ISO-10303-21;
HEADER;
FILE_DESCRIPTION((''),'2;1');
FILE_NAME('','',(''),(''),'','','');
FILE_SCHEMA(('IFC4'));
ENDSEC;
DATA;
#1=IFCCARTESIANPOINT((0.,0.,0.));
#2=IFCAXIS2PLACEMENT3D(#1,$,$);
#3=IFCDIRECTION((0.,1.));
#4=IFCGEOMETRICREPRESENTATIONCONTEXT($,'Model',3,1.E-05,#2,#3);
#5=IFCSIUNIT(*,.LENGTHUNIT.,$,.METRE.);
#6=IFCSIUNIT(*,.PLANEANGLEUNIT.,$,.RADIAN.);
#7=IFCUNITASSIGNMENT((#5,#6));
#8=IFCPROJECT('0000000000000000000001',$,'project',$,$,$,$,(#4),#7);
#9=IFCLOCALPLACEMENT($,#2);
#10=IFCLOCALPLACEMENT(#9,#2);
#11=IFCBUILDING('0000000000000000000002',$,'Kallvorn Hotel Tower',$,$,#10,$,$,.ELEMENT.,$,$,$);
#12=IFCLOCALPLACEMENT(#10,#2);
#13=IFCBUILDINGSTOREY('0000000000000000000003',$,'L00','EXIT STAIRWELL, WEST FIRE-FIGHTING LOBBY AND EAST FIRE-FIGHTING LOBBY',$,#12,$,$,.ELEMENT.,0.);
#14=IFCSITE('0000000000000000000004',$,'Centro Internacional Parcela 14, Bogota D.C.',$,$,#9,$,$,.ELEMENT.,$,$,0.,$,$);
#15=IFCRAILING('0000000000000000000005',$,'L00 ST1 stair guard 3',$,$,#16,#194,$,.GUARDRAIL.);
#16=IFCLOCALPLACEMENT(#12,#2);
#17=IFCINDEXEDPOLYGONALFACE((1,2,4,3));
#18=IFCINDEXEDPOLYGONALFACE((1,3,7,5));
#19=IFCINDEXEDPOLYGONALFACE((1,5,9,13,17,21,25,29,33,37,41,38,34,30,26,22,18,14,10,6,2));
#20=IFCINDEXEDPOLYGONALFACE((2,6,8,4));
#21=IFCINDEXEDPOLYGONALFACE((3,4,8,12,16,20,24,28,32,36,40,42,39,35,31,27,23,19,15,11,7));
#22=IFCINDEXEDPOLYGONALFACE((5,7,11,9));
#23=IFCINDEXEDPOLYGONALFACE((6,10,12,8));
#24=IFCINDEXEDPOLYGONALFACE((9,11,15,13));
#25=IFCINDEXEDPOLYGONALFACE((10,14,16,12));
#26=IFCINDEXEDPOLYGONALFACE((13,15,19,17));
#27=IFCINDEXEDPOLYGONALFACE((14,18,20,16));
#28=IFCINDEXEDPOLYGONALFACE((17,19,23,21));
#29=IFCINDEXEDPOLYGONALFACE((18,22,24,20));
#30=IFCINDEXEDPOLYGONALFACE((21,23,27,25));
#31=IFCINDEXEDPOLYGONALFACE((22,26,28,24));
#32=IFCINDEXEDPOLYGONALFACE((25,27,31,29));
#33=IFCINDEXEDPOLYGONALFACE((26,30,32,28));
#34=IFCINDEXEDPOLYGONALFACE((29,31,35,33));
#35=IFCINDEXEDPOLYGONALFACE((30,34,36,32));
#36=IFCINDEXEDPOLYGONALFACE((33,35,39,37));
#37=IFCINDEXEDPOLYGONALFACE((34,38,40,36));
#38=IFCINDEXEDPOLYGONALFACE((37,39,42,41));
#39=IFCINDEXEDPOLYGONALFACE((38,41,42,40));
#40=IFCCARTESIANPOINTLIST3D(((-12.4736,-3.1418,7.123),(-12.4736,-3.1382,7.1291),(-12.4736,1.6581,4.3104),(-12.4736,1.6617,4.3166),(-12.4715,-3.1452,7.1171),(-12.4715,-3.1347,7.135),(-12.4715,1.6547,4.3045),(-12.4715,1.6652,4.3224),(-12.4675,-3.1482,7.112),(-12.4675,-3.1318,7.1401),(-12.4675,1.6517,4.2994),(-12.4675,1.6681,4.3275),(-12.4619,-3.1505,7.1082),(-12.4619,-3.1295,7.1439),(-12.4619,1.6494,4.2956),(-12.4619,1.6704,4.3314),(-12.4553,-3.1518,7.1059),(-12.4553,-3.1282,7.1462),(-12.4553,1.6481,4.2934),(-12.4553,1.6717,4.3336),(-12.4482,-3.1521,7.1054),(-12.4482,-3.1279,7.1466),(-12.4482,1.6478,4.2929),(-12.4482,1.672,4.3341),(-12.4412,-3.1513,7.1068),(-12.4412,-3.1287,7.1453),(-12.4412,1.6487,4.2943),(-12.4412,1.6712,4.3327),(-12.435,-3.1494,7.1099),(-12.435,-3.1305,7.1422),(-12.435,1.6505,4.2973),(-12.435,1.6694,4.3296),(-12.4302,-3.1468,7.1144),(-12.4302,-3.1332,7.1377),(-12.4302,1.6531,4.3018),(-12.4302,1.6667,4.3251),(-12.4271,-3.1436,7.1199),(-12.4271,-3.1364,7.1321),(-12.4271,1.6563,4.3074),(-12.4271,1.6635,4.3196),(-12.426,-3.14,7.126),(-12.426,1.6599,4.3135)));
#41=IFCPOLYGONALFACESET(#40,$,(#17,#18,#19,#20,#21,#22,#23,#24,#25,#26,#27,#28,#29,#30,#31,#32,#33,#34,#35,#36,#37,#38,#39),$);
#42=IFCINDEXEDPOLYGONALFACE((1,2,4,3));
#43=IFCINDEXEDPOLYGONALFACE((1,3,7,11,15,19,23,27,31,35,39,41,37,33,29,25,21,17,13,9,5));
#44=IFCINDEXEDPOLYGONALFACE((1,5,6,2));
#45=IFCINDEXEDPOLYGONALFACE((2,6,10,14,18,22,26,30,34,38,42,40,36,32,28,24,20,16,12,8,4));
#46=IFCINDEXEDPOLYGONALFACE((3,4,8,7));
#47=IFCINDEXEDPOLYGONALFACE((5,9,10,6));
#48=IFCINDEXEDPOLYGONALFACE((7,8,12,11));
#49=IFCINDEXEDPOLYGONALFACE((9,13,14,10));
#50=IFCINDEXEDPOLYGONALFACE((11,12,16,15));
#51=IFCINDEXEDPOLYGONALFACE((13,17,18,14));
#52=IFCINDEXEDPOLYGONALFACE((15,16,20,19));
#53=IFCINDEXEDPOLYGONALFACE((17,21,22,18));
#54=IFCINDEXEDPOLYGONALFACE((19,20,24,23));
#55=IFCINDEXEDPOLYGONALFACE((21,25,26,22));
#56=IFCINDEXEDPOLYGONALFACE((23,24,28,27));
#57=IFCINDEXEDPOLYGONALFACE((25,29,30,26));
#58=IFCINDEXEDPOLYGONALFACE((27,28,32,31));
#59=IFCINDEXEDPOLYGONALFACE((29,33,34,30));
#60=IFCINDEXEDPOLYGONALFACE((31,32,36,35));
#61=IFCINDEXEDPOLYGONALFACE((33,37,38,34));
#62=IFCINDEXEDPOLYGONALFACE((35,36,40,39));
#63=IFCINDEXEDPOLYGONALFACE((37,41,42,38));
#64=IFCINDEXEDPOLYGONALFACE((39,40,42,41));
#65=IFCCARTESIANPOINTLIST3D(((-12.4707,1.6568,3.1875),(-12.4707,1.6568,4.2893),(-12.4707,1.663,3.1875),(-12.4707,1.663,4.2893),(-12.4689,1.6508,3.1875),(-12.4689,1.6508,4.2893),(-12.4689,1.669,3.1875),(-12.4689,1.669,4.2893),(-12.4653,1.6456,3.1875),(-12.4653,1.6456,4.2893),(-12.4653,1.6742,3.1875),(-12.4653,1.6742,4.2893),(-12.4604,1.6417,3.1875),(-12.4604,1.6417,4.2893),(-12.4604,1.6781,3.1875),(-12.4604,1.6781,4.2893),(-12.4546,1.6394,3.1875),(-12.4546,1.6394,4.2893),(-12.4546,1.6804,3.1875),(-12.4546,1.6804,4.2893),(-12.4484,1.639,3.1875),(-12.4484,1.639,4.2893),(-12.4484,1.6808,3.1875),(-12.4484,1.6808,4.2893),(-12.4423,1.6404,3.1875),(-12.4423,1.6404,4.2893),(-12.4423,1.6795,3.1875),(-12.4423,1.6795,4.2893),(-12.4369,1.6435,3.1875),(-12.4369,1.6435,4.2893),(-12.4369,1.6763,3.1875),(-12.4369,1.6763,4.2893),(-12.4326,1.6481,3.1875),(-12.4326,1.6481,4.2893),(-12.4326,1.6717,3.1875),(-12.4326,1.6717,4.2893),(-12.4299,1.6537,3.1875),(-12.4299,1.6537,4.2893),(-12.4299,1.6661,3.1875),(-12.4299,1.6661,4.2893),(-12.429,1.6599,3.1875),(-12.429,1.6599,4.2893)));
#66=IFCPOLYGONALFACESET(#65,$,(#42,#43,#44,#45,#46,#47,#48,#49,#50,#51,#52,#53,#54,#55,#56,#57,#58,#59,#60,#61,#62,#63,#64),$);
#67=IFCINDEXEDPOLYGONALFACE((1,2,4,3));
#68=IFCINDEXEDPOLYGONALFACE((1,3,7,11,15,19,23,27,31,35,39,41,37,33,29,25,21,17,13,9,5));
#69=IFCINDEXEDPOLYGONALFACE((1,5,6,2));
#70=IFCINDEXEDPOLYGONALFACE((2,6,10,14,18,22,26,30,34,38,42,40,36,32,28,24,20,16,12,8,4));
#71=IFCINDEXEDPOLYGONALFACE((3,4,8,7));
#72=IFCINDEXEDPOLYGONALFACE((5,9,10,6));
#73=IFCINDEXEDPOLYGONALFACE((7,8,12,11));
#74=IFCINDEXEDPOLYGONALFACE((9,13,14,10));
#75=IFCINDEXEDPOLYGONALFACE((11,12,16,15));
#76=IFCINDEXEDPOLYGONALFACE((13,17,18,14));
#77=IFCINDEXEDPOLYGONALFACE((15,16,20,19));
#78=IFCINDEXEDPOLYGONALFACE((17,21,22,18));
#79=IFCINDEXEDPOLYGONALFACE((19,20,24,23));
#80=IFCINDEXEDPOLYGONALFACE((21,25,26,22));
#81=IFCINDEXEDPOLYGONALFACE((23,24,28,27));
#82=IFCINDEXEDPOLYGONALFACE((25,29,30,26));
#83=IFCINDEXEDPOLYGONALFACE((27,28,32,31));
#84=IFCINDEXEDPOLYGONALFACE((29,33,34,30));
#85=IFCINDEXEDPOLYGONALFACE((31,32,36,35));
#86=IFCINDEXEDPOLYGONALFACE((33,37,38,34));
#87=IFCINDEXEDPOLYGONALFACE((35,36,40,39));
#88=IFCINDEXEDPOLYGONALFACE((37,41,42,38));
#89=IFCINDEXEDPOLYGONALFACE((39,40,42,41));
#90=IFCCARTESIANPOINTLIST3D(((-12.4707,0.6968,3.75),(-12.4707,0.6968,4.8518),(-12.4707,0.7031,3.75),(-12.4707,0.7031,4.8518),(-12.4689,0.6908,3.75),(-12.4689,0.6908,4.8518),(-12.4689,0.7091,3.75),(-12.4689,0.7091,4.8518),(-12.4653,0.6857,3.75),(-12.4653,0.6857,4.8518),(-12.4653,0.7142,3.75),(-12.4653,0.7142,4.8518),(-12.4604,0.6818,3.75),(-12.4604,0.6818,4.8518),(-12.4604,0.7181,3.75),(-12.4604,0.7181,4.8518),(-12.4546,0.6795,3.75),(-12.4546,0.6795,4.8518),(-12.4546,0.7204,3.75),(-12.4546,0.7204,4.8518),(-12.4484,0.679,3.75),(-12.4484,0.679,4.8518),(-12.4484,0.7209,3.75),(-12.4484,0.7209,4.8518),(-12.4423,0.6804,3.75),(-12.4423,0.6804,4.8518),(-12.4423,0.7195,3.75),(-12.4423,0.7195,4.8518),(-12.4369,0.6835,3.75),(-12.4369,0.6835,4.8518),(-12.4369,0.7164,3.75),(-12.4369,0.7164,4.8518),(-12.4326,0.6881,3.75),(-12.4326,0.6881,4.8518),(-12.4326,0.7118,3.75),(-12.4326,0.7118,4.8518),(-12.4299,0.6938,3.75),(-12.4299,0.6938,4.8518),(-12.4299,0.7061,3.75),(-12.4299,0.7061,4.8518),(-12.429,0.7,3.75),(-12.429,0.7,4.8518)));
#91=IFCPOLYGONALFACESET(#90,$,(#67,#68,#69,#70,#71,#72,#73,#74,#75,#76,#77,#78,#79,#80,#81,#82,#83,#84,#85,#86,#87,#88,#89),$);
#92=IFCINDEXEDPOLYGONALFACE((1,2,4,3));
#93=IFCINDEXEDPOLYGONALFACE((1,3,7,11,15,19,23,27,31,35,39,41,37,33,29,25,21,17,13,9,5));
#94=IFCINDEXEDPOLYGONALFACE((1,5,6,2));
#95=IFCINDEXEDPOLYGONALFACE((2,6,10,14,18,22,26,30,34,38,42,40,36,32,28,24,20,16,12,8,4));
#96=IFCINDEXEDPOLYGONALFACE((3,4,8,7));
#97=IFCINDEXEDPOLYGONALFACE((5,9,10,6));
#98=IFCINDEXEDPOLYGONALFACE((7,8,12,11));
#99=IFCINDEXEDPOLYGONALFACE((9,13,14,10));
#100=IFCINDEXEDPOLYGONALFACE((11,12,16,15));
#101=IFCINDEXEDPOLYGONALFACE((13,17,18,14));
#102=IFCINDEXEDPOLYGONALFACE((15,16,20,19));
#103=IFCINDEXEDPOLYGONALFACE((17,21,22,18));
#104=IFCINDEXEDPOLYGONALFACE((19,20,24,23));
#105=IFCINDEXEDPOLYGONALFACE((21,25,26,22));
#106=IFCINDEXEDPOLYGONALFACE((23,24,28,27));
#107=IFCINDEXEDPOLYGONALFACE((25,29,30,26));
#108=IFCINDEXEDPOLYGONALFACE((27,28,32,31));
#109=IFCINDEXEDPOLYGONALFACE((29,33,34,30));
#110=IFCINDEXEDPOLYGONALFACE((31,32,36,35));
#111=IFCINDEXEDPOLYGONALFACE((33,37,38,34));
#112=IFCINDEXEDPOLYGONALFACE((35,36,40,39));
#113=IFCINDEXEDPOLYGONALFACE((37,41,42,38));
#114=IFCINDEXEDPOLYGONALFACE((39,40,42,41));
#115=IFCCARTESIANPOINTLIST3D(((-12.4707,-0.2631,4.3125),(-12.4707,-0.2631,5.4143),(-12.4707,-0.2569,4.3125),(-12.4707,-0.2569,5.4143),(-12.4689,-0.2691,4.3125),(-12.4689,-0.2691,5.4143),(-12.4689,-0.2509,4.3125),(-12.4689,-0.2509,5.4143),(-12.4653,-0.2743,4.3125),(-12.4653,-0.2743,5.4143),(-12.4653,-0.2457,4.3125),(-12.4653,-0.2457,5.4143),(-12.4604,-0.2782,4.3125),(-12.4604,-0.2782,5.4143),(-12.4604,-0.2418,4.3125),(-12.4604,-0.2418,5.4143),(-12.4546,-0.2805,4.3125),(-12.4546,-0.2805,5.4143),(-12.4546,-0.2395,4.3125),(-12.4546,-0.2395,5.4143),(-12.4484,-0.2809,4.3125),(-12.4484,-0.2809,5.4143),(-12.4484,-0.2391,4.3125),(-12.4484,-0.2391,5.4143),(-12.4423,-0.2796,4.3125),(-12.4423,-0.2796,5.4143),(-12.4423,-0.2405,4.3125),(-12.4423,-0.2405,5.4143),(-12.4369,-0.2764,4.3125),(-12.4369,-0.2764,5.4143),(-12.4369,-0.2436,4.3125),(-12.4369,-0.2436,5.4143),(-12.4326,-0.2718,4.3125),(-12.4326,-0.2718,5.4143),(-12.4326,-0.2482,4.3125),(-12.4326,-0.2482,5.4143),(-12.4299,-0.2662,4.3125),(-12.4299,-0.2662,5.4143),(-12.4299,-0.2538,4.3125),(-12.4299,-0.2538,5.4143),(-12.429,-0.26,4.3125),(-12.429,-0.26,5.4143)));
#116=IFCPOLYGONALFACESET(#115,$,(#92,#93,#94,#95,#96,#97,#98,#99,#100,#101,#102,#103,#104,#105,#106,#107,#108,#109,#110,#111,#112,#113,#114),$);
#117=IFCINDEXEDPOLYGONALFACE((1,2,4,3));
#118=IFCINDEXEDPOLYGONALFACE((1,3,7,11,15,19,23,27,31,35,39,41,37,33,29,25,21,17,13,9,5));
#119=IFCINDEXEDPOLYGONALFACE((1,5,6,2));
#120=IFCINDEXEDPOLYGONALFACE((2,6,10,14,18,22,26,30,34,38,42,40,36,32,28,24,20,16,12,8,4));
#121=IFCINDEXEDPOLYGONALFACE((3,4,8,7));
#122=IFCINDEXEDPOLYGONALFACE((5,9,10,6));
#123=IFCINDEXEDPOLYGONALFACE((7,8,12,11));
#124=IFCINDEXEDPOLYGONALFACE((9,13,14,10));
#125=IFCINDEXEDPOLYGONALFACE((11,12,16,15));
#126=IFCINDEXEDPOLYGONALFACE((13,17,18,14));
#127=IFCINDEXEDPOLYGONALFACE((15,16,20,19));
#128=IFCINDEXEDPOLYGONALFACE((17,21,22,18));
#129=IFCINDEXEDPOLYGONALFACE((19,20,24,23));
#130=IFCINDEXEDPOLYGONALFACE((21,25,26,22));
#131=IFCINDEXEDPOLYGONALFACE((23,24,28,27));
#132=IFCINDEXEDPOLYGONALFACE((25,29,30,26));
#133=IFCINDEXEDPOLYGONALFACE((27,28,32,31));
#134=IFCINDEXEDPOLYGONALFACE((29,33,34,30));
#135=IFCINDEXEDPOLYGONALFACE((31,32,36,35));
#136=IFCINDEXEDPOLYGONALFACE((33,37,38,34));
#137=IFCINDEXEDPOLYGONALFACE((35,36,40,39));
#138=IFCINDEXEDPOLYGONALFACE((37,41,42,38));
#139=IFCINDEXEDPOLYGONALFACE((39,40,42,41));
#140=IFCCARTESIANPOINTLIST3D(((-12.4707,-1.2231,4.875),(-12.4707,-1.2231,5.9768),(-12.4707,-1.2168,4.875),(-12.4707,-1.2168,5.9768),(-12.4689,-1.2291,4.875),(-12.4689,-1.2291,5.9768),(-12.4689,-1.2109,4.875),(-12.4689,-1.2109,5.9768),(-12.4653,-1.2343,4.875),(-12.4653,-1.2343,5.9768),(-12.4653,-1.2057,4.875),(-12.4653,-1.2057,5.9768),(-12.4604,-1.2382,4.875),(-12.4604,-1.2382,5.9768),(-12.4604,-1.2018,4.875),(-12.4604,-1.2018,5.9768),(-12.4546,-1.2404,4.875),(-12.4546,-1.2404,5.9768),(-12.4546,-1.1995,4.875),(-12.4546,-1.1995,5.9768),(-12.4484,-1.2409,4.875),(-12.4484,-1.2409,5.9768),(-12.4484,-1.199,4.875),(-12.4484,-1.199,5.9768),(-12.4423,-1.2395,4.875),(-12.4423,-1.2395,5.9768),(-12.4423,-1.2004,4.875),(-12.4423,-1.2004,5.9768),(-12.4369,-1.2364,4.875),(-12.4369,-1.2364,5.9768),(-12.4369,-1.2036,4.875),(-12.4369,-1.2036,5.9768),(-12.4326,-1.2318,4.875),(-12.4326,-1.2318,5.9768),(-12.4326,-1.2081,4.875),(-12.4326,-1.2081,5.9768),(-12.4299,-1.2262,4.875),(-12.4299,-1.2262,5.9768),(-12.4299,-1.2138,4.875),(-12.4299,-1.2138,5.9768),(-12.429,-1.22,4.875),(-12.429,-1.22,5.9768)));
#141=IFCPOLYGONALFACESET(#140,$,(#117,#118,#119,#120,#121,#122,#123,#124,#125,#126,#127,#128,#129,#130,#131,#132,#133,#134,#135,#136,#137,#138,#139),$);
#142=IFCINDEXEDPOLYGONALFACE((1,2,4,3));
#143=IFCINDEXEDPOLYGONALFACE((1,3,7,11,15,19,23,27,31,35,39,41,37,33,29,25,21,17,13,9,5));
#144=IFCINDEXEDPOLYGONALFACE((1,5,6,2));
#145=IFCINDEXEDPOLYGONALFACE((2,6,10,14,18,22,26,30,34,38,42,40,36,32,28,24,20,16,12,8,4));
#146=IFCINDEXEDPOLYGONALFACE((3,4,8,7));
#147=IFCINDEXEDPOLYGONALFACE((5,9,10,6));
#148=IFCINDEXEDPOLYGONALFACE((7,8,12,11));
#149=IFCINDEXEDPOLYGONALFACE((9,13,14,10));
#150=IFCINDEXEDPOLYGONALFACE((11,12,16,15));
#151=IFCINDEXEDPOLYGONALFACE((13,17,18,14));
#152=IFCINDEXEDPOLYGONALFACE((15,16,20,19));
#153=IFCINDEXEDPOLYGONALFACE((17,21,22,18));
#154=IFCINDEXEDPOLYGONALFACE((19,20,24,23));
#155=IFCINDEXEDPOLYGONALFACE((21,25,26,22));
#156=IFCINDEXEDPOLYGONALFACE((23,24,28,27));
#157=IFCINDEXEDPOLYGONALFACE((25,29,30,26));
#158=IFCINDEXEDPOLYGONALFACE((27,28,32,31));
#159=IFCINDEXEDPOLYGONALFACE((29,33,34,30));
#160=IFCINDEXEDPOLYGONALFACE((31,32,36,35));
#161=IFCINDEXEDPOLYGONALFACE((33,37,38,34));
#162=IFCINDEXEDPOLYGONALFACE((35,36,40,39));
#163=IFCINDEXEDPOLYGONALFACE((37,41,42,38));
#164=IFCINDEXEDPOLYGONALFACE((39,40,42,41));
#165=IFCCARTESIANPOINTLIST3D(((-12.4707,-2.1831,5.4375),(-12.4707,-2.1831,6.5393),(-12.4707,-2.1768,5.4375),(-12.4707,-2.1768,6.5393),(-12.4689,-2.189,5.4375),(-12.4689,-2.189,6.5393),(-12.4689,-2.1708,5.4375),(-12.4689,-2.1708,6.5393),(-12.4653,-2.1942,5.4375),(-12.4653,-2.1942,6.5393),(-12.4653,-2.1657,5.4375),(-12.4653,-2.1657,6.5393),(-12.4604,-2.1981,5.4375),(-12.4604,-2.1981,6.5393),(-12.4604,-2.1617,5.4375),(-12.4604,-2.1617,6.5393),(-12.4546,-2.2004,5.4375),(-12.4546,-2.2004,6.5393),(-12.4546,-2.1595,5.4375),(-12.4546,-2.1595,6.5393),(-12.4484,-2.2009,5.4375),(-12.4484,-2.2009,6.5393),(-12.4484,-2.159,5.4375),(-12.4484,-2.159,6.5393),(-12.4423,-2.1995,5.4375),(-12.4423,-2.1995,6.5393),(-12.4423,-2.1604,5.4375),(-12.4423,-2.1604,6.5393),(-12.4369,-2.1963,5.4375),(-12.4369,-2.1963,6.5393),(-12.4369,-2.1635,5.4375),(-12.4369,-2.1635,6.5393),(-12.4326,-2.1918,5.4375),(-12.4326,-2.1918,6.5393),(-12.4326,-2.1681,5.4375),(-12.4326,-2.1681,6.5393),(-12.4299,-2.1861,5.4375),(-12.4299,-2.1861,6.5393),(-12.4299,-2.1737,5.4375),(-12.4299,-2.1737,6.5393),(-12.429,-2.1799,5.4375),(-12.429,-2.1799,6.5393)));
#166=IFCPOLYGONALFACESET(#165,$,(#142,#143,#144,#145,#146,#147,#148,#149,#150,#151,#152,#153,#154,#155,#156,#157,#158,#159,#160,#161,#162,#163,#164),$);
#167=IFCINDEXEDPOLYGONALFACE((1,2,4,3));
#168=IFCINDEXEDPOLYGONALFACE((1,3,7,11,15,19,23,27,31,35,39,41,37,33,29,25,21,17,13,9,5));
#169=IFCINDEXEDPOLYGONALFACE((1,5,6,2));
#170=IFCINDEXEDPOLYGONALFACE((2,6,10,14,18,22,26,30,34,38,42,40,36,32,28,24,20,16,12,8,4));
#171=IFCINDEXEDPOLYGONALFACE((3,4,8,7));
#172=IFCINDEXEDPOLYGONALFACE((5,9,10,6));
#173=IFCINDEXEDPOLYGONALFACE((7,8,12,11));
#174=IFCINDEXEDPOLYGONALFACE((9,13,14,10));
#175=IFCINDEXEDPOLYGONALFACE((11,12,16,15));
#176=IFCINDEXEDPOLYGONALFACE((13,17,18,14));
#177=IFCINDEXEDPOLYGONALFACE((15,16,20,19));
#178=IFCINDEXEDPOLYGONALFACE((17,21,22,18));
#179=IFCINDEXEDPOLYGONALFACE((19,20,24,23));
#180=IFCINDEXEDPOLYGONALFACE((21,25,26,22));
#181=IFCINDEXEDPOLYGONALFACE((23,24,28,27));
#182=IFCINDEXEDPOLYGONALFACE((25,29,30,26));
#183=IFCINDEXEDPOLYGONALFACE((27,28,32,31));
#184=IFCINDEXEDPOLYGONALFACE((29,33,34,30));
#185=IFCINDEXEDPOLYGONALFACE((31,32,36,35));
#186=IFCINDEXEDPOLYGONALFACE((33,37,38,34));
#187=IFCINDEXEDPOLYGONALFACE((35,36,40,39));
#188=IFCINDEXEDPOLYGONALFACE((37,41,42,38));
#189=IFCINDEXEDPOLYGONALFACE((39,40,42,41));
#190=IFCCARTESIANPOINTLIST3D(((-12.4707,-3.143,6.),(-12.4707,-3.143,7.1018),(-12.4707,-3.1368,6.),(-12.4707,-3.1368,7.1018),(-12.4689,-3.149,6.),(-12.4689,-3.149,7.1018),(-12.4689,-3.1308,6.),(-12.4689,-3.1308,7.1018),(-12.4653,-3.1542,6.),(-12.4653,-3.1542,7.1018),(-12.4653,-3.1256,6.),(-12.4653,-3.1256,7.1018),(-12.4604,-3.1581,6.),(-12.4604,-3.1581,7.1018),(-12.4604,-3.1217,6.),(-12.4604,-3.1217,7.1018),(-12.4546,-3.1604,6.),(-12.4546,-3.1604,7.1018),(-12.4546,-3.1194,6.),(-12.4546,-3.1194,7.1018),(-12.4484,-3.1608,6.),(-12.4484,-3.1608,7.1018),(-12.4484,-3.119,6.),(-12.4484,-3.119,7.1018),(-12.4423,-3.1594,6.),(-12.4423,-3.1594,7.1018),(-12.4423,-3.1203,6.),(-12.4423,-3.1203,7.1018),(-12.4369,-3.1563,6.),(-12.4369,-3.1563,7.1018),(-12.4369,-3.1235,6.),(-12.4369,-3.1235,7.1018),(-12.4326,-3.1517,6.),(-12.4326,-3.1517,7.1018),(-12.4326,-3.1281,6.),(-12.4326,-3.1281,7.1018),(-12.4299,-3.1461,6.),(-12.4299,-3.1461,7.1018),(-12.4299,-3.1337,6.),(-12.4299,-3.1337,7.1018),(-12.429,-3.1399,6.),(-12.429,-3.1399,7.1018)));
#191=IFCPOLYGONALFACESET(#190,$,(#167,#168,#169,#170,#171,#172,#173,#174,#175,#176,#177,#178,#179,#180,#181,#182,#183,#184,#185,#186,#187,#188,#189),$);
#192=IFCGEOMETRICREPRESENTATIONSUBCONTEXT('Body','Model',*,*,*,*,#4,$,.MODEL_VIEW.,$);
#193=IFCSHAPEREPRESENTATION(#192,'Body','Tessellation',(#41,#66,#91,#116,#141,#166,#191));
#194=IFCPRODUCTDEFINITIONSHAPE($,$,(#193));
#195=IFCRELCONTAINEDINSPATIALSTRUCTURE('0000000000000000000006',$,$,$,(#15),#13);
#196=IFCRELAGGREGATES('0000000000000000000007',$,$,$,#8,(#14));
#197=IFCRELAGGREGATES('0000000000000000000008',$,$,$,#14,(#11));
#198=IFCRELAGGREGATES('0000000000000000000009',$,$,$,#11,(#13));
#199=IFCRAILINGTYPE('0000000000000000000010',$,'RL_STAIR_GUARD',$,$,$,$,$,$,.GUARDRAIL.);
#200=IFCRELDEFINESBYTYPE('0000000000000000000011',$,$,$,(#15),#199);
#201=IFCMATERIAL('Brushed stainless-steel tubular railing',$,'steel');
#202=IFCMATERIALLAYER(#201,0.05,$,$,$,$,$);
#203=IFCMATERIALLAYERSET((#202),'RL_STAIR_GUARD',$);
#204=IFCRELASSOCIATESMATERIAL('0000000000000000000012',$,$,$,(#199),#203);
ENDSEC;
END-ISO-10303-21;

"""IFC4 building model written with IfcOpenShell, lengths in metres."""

from ifc_helpers import new_model, si_unit, direction, frame, origin, origin_2d, place, context, subcontext, project, spatial, circle, extrude, material, layer, layer_set, type_object, element, save


model = new_model("IFC4")

# Units and contexts
model_context = context("Model", 3, precision=1e-05, world=origin(), true_north=direction((0.0, 1.0)))
body_context = subcontext(model_context, "Body", "Model", "MODEL_VIEW")
ifc_project = project(units=[si_unit("LENGTHUNIT", "METRE"), si_unit("PLANEANGLEUNIT", "RADIAN")], contexts=[model_context])

# Site, building, storey
site_placement = place(None, origin())
site = spatial("IfcSite", under=ifc_project, at=site_placement, Name="Centro Internacional Parcela 14, Bogota D.C.", CompositionType="ELEMENT", RefElevation=0.0)
building_placement = place(site_placement, origin())
building = spatial("IfcBuilding", under=site, at=building_placement, Name="Kallvorn Hotel Tower", CompositionType="ELEMENT")
storey_placement = place(building_placement, origin())
storey = spatial("IfcBuildingStorey", under=building, at=storey_placement, Name="L00", Description="EXIT STAIRWELL, WEST FIRE-FIGHTING LOBBY AND EAST FIRE-FIGHTING LOBBY", CompositionType="ELEMENT", Elevation=0.0)

# Railing
ifc_material_1 = material(Name="Brushed stainless-steel tubular railing", Category="steel")
ifc_layer_1 = layer(ifc_material_1, 0.05)
ifc_layer_set_1 = layer_set([ifc_layer_1], Name="RL_STAIR_GUARD")
railing_type_1 = type_object("IfcRailingType", Name="RL_STAIR_GUARD", PredefinedType="GUARDRAIL", material=ifc_layer_set_1)
railing_1_placement = place(storey_placement, frame((-12.45, 1.6599, 3.1875)))
element("IfcRailing", 1, at=railing_1_placement, inside=storey, type_object=railing_type_1, Name="L00 ST1 stair guard 3", PredefinedType="GUARDRAIL", context=body_context, shape_type="SweptSolid", body=[
    extrude(circle(Radius=0.0239, at=origin_2d()), frame((0.0, 0.0, 1.126), z_axis=(0.0, -0.86279, 0.505562), x_axis=(1.0, 0.0, 0.0)), (0.0, 0.0, 1.0), 5.5632),
    extrude(circle(Radius=0.021, at=origin_2d()), origin(), (0.0, 0.0, 1.0), 1.1018),
    extrude(circle(Radius=0.021, at=origin_2d()), frame((0.0, -0.96, 0.5625)), (0.0, 0.0, 1.0), 1.1018),
    extrude(circle(Radius=0.021, at=origin_2d()), frame((0.0, -1.9199, 1.125)), (0.0, 0.0, 1.0), 1.1018),
    extrude(circle(Radius=0.021, at=origin_2d()), frame((0.0, -2.8799, 1.6875)), (0.0, 0.0, 1.0), 1.1018),
    extrude(circle(Radius=0.021, at=origin_2d()), frame((0.0, -3.8398, 2.25)), (0.0, 0.0, 1.0), 1.1018),
    extrude(circle(Radius=0.021, at=origin_2d()), frame((0.0, -4.7998, 2.8125)), (0.0, 0.0, 1.0), 1.1018),
])

save(model, "model.ifc")
